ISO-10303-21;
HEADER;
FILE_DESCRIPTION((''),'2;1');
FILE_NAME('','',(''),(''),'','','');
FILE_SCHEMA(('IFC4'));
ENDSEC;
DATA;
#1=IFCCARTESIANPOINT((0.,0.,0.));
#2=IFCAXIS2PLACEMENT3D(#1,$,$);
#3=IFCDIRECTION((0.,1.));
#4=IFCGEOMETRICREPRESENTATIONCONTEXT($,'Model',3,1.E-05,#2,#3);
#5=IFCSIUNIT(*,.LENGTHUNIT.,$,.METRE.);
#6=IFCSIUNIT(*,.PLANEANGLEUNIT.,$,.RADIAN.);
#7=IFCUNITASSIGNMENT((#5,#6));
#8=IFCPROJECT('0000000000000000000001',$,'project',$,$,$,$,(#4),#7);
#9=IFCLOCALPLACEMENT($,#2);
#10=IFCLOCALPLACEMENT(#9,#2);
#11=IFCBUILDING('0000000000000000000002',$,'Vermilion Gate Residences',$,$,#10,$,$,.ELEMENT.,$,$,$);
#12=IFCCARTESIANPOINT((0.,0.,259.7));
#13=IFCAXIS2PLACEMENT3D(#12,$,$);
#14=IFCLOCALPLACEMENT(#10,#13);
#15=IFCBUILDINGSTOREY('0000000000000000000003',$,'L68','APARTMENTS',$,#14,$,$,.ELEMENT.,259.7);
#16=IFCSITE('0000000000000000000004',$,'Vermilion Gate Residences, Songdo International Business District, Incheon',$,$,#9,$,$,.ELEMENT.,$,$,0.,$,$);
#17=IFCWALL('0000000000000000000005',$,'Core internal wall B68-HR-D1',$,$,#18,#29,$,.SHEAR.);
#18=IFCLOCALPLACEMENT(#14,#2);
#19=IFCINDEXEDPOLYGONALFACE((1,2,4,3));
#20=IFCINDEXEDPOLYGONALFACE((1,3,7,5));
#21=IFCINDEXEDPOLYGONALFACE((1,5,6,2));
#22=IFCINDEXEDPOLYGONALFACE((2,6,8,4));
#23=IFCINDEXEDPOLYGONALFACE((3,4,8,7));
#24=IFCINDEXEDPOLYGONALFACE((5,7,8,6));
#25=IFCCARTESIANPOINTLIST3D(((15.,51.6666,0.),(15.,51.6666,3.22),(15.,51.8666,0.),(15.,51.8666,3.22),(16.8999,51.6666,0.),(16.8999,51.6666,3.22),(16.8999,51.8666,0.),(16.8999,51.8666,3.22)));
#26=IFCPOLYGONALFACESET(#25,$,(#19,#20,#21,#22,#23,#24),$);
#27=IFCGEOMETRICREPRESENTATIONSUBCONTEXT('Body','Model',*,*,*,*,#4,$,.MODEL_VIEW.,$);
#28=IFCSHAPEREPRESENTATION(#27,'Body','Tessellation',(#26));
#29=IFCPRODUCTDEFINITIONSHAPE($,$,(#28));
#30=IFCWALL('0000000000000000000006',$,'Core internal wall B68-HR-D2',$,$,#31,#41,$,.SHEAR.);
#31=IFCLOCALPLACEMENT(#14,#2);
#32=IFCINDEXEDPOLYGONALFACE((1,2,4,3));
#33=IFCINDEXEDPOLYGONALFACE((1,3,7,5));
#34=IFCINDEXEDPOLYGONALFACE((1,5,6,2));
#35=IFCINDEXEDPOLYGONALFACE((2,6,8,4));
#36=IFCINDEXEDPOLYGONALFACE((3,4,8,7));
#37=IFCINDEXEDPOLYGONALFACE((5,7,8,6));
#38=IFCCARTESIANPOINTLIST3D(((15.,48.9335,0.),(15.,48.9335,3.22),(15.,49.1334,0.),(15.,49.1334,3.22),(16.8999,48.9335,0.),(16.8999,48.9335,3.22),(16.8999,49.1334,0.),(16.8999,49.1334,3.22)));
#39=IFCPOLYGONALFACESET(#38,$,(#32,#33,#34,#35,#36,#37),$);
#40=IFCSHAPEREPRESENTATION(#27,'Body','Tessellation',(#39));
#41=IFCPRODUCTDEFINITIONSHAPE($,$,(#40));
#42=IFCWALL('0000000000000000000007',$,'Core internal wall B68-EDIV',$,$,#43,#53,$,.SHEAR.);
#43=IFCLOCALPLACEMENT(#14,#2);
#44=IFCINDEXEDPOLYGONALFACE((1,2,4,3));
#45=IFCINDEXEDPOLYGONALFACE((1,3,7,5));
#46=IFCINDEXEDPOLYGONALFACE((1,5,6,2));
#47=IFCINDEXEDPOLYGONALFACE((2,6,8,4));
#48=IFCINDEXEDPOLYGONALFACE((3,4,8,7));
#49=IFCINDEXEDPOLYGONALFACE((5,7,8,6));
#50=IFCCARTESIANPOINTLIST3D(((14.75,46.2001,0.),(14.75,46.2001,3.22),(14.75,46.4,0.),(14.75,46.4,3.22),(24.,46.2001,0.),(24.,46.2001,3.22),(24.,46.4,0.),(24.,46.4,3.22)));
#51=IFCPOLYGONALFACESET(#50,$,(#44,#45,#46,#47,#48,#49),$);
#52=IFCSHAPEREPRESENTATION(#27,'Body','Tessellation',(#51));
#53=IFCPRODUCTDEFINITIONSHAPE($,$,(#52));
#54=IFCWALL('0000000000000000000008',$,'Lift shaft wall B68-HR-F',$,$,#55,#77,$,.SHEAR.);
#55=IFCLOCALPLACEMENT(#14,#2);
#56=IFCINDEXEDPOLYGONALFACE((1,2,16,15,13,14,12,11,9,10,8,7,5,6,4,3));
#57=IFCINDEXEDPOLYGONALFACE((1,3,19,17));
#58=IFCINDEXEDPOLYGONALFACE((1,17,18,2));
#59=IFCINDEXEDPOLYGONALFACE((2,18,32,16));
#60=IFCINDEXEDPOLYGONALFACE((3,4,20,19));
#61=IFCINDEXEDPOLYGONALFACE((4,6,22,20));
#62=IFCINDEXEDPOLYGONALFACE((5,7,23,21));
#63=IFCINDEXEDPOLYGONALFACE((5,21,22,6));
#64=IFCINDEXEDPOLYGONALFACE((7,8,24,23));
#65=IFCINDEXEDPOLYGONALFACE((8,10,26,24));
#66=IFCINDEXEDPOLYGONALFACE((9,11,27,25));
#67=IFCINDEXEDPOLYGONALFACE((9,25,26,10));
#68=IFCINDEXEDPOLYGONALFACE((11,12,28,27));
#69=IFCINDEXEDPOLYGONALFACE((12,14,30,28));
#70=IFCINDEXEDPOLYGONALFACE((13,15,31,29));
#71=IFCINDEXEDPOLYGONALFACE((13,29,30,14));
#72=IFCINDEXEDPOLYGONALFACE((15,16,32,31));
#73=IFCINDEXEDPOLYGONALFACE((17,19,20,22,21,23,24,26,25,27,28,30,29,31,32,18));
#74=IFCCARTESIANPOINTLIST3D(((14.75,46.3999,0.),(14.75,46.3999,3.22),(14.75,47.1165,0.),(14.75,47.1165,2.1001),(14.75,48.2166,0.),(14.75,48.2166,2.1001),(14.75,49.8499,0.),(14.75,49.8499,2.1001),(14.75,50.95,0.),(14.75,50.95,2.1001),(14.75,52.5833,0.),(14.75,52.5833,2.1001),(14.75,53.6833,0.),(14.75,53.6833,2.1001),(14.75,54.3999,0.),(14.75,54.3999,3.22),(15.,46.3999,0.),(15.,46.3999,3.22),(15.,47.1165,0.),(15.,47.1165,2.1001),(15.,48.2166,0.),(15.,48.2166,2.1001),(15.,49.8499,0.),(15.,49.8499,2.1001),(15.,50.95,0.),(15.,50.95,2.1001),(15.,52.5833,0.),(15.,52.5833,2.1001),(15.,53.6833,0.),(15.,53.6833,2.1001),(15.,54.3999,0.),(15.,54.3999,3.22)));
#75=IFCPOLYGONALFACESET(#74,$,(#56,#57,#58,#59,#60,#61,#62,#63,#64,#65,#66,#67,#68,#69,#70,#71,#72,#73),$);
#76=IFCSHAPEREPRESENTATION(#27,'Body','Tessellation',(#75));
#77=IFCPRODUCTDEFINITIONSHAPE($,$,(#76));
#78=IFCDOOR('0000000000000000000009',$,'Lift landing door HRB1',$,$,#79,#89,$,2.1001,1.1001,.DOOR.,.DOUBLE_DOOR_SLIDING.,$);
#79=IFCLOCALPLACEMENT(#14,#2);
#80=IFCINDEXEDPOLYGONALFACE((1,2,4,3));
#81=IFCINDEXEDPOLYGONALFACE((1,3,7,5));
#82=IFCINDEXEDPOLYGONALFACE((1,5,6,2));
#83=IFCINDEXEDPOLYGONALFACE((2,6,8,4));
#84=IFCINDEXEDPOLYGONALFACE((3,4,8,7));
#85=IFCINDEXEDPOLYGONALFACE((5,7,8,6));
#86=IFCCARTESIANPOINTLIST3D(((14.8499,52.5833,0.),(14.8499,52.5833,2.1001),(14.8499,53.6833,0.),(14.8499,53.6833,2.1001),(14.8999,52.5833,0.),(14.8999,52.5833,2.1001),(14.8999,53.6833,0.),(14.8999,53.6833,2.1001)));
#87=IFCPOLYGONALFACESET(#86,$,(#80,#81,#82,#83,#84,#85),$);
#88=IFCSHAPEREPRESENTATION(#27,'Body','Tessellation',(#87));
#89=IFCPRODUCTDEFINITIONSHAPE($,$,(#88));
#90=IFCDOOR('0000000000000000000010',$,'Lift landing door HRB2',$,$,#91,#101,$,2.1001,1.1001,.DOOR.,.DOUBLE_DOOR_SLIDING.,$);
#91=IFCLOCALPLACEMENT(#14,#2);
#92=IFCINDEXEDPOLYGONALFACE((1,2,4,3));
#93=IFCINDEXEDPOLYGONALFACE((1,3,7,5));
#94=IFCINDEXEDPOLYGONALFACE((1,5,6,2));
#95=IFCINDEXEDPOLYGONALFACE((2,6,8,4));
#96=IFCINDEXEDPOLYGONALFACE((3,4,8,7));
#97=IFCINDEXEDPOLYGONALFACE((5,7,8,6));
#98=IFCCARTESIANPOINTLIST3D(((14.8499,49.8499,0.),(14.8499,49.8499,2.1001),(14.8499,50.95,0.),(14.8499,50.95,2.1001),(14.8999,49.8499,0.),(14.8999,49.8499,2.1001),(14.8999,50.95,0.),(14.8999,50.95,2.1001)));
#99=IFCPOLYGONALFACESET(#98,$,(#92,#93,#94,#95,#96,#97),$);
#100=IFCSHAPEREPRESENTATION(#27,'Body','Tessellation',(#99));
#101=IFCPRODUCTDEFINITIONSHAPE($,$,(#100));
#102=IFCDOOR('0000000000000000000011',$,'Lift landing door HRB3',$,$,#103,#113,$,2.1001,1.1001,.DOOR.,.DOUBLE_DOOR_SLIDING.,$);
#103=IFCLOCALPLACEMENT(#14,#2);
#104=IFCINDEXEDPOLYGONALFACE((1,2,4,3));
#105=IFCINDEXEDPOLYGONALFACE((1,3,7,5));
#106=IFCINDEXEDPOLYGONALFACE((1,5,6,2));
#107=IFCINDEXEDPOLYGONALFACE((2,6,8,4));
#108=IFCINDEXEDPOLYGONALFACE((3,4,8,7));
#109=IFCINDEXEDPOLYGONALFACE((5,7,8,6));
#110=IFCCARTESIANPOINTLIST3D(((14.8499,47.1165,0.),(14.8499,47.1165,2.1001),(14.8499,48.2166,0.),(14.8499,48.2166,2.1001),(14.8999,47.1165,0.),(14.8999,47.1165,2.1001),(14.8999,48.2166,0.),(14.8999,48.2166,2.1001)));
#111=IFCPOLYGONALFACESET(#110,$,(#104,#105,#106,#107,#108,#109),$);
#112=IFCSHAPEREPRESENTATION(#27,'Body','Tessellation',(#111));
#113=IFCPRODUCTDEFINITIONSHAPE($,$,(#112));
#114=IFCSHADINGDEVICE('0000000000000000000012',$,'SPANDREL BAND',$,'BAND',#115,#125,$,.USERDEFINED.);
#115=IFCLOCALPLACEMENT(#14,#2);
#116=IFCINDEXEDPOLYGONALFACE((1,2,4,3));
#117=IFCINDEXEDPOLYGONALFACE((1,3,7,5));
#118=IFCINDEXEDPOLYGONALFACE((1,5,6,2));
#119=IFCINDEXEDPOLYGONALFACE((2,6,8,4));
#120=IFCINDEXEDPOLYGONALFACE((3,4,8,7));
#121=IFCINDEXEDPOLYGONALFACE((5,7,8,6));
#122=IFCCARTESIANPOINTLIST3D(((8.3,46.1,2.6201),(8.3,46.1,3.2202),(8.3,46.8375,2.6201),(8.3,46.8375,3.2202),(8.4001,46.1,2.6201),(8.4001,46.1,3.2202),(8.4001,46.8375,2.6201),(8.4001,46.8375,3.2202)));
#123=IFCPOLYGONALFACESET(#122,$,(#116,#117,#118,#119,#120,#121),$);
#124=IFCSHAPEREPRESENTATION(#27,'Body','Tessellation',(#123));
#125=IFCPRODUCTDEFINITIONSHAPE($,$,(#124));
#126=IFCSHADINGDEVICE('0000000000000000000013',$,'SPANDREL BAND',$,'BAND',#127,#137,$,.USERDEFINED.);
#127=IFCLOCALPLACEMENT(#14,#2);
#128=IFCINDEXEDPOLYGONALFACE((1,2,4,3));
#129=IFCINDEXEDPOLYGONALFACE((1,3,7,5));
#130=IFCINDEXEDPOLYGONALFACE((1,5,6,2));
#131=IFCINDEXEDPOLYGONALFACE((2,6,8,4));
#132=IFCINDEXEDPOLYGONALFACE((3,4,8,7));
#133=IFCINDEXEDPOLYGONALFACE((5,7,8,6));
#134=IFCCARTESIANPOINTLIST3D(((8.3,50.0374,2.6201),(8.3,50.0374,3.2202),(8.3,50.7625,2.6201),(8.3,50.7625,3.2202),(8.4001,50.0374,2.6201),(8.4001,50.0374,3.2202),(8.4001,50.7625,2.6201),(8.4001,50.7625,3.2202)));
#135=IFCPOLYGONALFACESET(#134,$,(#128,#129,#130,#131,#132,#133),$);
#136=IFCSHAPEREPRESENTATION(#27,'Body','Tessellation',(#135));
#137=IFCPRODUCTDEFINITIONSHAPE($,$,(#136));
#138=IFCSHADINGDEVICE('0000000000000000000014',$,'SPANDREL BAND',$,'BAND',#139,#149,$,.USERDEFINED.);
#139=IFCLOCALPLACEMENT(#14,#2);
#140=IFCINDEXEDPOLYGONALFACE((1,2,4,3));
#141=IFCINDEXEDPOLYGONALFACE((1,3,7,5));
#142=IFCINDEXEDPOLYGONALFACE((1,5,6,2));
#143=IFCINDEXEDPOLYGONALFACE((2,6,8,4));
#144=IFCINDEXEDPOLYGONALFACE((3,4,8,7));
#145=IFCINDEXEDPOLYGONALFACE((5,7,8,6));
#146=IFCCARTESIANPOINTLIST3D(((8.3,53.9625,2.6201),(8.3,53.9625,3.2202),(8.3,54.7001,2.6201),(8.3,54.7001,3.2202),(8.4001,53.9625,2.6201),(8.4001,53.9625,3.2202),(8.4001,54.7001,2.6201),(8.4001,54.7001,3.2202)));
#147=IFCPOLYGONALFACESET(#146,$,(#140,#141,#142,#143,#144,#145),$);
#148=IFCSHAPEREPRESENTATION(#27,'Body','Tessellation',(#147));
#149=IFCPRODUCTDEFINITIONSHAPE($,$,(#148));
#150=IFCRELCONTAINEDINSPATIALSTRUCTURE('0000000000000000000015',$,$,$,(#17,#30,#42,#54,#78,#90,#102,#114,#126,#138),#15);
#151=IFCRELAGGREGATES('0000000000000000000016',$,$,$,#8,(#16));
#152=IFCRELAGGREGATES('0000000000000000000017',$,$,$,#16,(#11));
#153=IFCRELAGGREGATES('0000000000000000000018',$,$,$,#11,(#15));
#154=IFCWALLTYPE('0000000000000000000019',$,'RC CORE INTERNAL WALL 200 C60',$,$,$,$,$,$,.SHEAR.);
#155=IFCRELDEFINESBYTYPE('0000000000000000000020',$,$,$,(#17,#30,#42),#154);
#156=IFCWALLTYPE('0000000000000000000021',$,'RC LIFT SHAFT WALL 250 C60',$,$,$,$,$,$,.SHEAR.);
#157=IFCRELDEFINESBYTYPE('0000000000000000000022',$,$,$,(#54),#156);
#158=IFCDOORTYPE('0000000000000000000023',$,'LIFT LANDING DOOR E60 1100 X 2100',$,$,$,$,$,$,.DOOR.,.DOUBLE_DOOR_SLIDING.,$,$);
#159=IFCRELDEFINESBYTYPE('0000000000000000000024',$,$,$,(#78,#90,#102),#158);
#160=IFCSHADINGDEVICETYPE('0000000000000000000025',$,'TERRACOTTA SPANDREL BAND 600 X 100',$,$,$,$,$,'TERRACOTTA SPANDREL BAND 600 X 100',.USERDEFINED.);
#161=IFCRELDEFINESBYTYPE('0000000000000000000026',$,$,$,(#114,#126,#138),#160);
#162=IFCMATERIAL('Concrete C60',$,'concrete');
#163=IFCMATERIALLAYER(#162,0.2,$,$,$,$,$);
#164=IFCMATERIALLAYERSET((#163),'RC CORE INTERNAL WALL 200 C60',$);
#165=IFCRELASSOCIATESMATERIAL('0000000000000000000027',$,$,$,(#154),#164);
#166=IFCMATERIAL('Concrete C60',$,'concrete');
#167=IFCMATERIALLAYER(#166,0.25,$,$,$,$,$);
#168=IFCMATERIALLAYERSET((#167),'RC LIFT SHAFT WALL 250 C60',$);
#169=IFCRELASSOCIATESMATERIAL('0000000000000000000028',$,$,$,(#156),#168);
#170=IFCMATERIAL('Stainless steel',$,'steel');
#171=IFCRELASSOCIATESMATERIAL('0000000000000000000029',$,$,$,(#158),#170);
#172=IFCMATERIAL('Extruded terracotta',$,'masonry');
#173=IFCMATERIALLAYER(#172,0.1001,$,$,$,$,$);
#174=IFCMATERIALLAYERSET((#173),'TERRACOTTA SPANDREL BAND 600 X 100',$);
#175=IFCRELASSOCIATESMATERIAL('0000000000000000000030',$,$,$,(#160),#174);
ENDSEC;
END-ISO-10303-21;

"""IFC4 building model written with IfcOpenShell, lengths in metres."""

from ifc_helpers import new_model, si_unit, direction, frame, frame_2d, origin, origin_2d, place, context, subcontext, project, spatial, rectangle, extrude, material, layer, layer_set, type_object, element, fill, save


model = new_model("IFC4")

# Units and contexts
model_context = context("Model", 3, precision=1e-05, world=origin(), true_north=direction((0.0, 1.0)))
body_context = subcontext(model_context, "Body", "Model", "MODEL_VIEW")
ifc_project = project(units=[si_unit("LENGTHUNIT", "METRE"), si_unit("PLANEANGLEUNIT", "RADIAN")], contexts=[model_context])

# Site, building, storey
site_placement = place(None, origin())
site = spatial("IfcSite", under=ifc_project, at=site_placement, Name="Vermilion Gate Residences, Songdo International Business District, Incheon", CompositionType="ELEMENT", RefElevation=0.0)
building_placement = place(site_placement, origin())
building = spatial("IfcBuilding", under=site, at=building_placement, Name="Vermilion Gate Residences", CompositionType="ELEMENT")
storey_placement = place(building_placement, frame((0.0, 0.0, 259.7)))
storey = spatial("IfcBuildingStorey", under=building, at=storey_placement, Name="L68", Description="APARTMENTS", CompositionType="ELEMENT", Elevation=259.7)

# Walls
ifc_material_1 = material(Name="Concrete C60", Category="concrete")
ifc_layer_1 = layer(ifc_material_1, 0.2)
ifc_layer_set_1 = layer_set([ifc_layer_1], Name="RC CORE INTERNAL WALL 200 C60")
wall_type_1 = type_object("IfcWallType", Name="RC CORE INTERNAL WALL 200 C60", PredefinedType="SHEAR", material=ifc_layer_set_1)
for number, where, z_axis, x_axis, name in (
    (1, (15.0, 51.7666, 0.0), (0.0, 0.0, 1.0), (1.0, 0.0, 0.0), "Core internal wall B68-HR-D1"),
    (2, (15.0, 49.0334, 0.0), (0.0, 0.0, 1.0), (1.0, 0.0, 0.0), "Core internal wall B68-HR-D2"),
):
    element("IfcWall", number, at=place(storey_placement, frame(where, z_axis=z_axis, x_axis=x_axis)), inside=storey, type_object=wall_type_1, Name=name, PredefinedType="SHEAR", context=body_context, shape_type="SweptSolid", body=[
        extrude(rectangle(XDim=1.8999, YDim=0.2, at=frame_2d((0.95, 0.0))), origin(), (0.0, 0.0, 1.0), 3.22),
    ])
wall_1_placement = place(storey_placement, frame((14.75, 46.3, 0.0), z_axis=(0.0, 0.0, 1.0), x_axis=(1.0, 0.0, 0.0)))
element("IfcWall", 3, at=wall_1_placement, inside=storey, type_object=wall_type_1, Name="Core internal wall B68-EDIV", PredefinedType="SHEAR", context=body_context, shape_type="SweptSolid", body=[
    extrude(rectangle(XDim=9.25, YDim=0.2, at=frame_2d((4.625, 0.0))), origin(), (0.0, 0.0, 1.0), 3.22),
])

# Wall, openings, doors
ifc_material_2 = material(Name="Concrete C60", Category="concrete")
ifc_layer_2 = layer(ifc_material_2, 0.25)
ifc_layer_set_2 = layer_set([ifc_layer_2], Name="RC LIFT SHAFT WALL 250 C60")
wall_type_2 = type_object("IfcWallType", Name="RC LIFT SHAFT WALL 250 C60", PredefinedType="SHEAR", material=ifc_layer_set_2)
wall_2_placement = place(storey_placement, frame((14.875, 54.3999, 0.0), z_axis=(0.0, 0.0, 1.0), x_axis=(0.0, -1.0, 0.0)))
wall_2 = element("IfcWall", 4, at=wall_2_placement, inside=storey, type_object=wall_type_2, Name="Lift shaft wall B68-HR-F", PredefinedType="SHEAR", context=body_context, shape_type="SweptSolid", body=[
    extrude(rectangle(XDim=8.0, YDim=0.25, at=frame_2d((4.0, 0.0))), origin(), (0.0, 0.0, 1.0), 3.22),
])
opening_1_placement = place(wall_2_placement, frame((0.7166, 0.0, 0.0)))
opening_1 = element("IfcOpeningElement", 5, at=opening_1_placement, cuts=wall_2, PredefinedType="OPENING", context=body_context, shape_type="SweptSolid", body=[
    extrude(rectangle(XDim=1.1001, YDim=2.1001, at=frame_2d((0.55, 1.05))), frame((0.0, 0.135, 0.0), z_axis=(0.0, -1.0, 0.0), x_axis=(1.0, 0.0, 0.0)), (0.0, 0.0, 1.0), 0.27),
])
opening_2_placement = place(wall_2_placement, frame((3.45, 0.0, 0.0)))
opening_2 = element("IfcOpeningElement", 6, at=opening_2_placement, cuts=wall_2, PredefinedType="OPENING", context=body_context, shape_type="SweptSolid", body=[
    extrude(rectangle(XDim=1.1001, YDim=2.1001, at=frame_2d((0.55, 1.05))), frame((0.0, 0.135, 0.0), z_axis=(0.0, -1.0, 0.0), x_axis=(1.0, 0.0, 0.0)), (0.0, 0.0, 1.0), 0.27),
])
opening_3_placement = place(wall_2_placement, frame((6.1833, 0.0, 0.0)))
opening_3 = element("IfcOpeningElement", 7, at=opening_3_placement, cuts=wall_2, PredefinedType="OPENING", context=body_context, shape_type="SweptSolid", body=[
    extrude(rectangle(XDim=1.1001, YDim=2.1001, at=frame_2d((0.55, 1.05))), frame((0.0, 0.135, 0.0), z_axis=(0.0, -1.0, 0.0), x_axis=(1.0, 0.0, 0.0)), (0.0, 0.0, 1.0), 0.27),
])
ifc_material_3 = material(Name="Stainless steel", Category="steel")
door_type_1 = type_object("IfcDoorType", Name="LIFT LANDING DOOR E60 1100 X 2100", OperationType="DOUBLE_DOOR_SLIDING", PredefinedType="DOOR", material=ifc_material_3)
door_1_placement = place(opening_1_placement, origin())
door_1 = element("IfcDoor", 8, at=door_1_placement, inside=storey, type_object=door_type_1, Name="Lift landing door HRB1", OperationType="DOUBLE_DOOR_SLIDING", OverallHeight=2.1001, OverallWidth=1.1001, PredefinedType="DOOR", context=body_context, shape_type="SweptSolid", body=[
    extrude(rectangle(XDim=1.1001, YDim=2.1001, at=frame_2d((0.55, 1.05))), frame((0.0, 0.0249, 0.0), z_axis=(0.0, -1.0, 0.0), x_axis=(1.0, 0.0, 0.0)), (0.0, 0.0, 1.0), 0.05),
])
fill(opening_1, door_1)
door_2_placement = place(opening_2_placement, origin())
door_2 = element("IfcDoor", 9, at=door_2_placement, inside=storey, type_object=door_type_1, Name="Lift landing door HRB2", OperationType="DOUBLE_DOOR_SLIDING", OverallHeight=2.1001, OverallWidth=1.1001, PredefinedType="DOOR", context=body_context, shape_type="SweptSolid", body=[
    extrude(rectangle(XDim=1.1001, YDim=2.1001, at=frame_2d((0.55, 1.05))), frame((0.0, 0.0249, 0.0), z_axis=(0.0, -1.0, 0.0), x_axis=(1.0, 0.0, 0.0)), (0.0, 0.0, 1.0), 0.05),
])
fill(opening_2, door_2)
door_3_placement = place(opening_3_placement, origin())
door_3 = element("IfcDoor", 10, at=door_3_placement, inside=storey, type_object=door_type_1, Name="Lift landing door HRB3", OperationType="DOUBLE_DOOR_SLIDING", OverallHeight=2.1001, OverallWidth=1.1001, PredefinedType="DOOR", context=body_context, shape_type="SweptSolid", body=[
    extrude(rectangle(XDim=1.1001, YDim=2.1001, at=frame_2d((0.55, 1.05))), frame((0.0, 0.0249, 0.0), z_axis=(0.0, -1.0, 0.0), x_axis=(1.0, 0.0, 0.0)), (0.0, 0.0, 1.0), 0.05),
])
fill(opening_3, door_3)

# Shading devices
ifc_material_4 = material(Name="Extruded terracotta", Category="masonry")
ifc_layer_3 = layer(ifc_material_4, 0.1001)
ifc_layer_set_3 = layer_set([ifc_layer_3], Name="TERRACOTTA SPANDREL BAND 600 X 100")
shading_device_type = type_object("IfcShadingDeviceType", Name="TERRACOTTA SPANDREL BAND 600 X 100", ElementType="TERRACOTTA SPANDREL BAND 600 X 100", PredefinedType="USERDEFINED", material=ifc_layer_set_3)
shading_device_1_placement = place(storey_placement, frame((8.3501, 46.4688, 2.6201), z_axis=(0.0, 0.0, 1.0), x_axis=(0.0, 1.0, 0.0)))
element("IfcShadingDevice", 11, at=shading_device_1_placement, inside=storey, type_object=shading_device_type, Name="SPANDREL BAND", ObjectType="BAND", PredefinedType="USERDEFINED", context=body_context, shape_type="SweptSolid", body=[
    extrude(rectangle(XDim=0.7375, YDim=0.1001, at=origin_2d()), origin(), (0.0, 0.0, 1.0), 0.6001),
])
shading_device_2_placement = place(storey_placement, frame((8.3501, 50.3999, 2.6201), z_axis=(0.0, 0.0, 1.0), x_axis=(0.0, 1.0, 0.0)))
element("IfcShadingDevice", 12, at=shading_device_2_placement, inside=storey, type_object=shading_device_type, Name="SPANDREL BAND", ObjectType="BAND", PredefinedType="USERDEFINED", context=body_context, shape_type="SweptSolid", body=[
    extrude(rectangle(XDim=0.7251, YDim=0.1001, at=origin_2d()), origin(), (0.0, 0.0, 1.0), 0.6001),
])
shading_device_3_placement = place(storey_placement, frame((8.3501, 54.3313, 2.6201), z_axis=(0.0, 0.0, 1.0), x_axis=(0.0, 1.0, 0.0)))
element("IfcShadingDevice", 13, at=shading_device_3_placement, inside=storey, type_object=shading_device_type, Name="SPANDREL BAND", ObjectType="BAND", PredefinedType="USERDEFINED", context=body_context, shape_type="SweptSolid", body=[
    extrude(rectangle(XDim=0.7375, YDim=0.1001, at=origin_2d()), origin(), (0.0, 0.0, 1.0), 0.6001),
])

save(model, "model.ifc")
